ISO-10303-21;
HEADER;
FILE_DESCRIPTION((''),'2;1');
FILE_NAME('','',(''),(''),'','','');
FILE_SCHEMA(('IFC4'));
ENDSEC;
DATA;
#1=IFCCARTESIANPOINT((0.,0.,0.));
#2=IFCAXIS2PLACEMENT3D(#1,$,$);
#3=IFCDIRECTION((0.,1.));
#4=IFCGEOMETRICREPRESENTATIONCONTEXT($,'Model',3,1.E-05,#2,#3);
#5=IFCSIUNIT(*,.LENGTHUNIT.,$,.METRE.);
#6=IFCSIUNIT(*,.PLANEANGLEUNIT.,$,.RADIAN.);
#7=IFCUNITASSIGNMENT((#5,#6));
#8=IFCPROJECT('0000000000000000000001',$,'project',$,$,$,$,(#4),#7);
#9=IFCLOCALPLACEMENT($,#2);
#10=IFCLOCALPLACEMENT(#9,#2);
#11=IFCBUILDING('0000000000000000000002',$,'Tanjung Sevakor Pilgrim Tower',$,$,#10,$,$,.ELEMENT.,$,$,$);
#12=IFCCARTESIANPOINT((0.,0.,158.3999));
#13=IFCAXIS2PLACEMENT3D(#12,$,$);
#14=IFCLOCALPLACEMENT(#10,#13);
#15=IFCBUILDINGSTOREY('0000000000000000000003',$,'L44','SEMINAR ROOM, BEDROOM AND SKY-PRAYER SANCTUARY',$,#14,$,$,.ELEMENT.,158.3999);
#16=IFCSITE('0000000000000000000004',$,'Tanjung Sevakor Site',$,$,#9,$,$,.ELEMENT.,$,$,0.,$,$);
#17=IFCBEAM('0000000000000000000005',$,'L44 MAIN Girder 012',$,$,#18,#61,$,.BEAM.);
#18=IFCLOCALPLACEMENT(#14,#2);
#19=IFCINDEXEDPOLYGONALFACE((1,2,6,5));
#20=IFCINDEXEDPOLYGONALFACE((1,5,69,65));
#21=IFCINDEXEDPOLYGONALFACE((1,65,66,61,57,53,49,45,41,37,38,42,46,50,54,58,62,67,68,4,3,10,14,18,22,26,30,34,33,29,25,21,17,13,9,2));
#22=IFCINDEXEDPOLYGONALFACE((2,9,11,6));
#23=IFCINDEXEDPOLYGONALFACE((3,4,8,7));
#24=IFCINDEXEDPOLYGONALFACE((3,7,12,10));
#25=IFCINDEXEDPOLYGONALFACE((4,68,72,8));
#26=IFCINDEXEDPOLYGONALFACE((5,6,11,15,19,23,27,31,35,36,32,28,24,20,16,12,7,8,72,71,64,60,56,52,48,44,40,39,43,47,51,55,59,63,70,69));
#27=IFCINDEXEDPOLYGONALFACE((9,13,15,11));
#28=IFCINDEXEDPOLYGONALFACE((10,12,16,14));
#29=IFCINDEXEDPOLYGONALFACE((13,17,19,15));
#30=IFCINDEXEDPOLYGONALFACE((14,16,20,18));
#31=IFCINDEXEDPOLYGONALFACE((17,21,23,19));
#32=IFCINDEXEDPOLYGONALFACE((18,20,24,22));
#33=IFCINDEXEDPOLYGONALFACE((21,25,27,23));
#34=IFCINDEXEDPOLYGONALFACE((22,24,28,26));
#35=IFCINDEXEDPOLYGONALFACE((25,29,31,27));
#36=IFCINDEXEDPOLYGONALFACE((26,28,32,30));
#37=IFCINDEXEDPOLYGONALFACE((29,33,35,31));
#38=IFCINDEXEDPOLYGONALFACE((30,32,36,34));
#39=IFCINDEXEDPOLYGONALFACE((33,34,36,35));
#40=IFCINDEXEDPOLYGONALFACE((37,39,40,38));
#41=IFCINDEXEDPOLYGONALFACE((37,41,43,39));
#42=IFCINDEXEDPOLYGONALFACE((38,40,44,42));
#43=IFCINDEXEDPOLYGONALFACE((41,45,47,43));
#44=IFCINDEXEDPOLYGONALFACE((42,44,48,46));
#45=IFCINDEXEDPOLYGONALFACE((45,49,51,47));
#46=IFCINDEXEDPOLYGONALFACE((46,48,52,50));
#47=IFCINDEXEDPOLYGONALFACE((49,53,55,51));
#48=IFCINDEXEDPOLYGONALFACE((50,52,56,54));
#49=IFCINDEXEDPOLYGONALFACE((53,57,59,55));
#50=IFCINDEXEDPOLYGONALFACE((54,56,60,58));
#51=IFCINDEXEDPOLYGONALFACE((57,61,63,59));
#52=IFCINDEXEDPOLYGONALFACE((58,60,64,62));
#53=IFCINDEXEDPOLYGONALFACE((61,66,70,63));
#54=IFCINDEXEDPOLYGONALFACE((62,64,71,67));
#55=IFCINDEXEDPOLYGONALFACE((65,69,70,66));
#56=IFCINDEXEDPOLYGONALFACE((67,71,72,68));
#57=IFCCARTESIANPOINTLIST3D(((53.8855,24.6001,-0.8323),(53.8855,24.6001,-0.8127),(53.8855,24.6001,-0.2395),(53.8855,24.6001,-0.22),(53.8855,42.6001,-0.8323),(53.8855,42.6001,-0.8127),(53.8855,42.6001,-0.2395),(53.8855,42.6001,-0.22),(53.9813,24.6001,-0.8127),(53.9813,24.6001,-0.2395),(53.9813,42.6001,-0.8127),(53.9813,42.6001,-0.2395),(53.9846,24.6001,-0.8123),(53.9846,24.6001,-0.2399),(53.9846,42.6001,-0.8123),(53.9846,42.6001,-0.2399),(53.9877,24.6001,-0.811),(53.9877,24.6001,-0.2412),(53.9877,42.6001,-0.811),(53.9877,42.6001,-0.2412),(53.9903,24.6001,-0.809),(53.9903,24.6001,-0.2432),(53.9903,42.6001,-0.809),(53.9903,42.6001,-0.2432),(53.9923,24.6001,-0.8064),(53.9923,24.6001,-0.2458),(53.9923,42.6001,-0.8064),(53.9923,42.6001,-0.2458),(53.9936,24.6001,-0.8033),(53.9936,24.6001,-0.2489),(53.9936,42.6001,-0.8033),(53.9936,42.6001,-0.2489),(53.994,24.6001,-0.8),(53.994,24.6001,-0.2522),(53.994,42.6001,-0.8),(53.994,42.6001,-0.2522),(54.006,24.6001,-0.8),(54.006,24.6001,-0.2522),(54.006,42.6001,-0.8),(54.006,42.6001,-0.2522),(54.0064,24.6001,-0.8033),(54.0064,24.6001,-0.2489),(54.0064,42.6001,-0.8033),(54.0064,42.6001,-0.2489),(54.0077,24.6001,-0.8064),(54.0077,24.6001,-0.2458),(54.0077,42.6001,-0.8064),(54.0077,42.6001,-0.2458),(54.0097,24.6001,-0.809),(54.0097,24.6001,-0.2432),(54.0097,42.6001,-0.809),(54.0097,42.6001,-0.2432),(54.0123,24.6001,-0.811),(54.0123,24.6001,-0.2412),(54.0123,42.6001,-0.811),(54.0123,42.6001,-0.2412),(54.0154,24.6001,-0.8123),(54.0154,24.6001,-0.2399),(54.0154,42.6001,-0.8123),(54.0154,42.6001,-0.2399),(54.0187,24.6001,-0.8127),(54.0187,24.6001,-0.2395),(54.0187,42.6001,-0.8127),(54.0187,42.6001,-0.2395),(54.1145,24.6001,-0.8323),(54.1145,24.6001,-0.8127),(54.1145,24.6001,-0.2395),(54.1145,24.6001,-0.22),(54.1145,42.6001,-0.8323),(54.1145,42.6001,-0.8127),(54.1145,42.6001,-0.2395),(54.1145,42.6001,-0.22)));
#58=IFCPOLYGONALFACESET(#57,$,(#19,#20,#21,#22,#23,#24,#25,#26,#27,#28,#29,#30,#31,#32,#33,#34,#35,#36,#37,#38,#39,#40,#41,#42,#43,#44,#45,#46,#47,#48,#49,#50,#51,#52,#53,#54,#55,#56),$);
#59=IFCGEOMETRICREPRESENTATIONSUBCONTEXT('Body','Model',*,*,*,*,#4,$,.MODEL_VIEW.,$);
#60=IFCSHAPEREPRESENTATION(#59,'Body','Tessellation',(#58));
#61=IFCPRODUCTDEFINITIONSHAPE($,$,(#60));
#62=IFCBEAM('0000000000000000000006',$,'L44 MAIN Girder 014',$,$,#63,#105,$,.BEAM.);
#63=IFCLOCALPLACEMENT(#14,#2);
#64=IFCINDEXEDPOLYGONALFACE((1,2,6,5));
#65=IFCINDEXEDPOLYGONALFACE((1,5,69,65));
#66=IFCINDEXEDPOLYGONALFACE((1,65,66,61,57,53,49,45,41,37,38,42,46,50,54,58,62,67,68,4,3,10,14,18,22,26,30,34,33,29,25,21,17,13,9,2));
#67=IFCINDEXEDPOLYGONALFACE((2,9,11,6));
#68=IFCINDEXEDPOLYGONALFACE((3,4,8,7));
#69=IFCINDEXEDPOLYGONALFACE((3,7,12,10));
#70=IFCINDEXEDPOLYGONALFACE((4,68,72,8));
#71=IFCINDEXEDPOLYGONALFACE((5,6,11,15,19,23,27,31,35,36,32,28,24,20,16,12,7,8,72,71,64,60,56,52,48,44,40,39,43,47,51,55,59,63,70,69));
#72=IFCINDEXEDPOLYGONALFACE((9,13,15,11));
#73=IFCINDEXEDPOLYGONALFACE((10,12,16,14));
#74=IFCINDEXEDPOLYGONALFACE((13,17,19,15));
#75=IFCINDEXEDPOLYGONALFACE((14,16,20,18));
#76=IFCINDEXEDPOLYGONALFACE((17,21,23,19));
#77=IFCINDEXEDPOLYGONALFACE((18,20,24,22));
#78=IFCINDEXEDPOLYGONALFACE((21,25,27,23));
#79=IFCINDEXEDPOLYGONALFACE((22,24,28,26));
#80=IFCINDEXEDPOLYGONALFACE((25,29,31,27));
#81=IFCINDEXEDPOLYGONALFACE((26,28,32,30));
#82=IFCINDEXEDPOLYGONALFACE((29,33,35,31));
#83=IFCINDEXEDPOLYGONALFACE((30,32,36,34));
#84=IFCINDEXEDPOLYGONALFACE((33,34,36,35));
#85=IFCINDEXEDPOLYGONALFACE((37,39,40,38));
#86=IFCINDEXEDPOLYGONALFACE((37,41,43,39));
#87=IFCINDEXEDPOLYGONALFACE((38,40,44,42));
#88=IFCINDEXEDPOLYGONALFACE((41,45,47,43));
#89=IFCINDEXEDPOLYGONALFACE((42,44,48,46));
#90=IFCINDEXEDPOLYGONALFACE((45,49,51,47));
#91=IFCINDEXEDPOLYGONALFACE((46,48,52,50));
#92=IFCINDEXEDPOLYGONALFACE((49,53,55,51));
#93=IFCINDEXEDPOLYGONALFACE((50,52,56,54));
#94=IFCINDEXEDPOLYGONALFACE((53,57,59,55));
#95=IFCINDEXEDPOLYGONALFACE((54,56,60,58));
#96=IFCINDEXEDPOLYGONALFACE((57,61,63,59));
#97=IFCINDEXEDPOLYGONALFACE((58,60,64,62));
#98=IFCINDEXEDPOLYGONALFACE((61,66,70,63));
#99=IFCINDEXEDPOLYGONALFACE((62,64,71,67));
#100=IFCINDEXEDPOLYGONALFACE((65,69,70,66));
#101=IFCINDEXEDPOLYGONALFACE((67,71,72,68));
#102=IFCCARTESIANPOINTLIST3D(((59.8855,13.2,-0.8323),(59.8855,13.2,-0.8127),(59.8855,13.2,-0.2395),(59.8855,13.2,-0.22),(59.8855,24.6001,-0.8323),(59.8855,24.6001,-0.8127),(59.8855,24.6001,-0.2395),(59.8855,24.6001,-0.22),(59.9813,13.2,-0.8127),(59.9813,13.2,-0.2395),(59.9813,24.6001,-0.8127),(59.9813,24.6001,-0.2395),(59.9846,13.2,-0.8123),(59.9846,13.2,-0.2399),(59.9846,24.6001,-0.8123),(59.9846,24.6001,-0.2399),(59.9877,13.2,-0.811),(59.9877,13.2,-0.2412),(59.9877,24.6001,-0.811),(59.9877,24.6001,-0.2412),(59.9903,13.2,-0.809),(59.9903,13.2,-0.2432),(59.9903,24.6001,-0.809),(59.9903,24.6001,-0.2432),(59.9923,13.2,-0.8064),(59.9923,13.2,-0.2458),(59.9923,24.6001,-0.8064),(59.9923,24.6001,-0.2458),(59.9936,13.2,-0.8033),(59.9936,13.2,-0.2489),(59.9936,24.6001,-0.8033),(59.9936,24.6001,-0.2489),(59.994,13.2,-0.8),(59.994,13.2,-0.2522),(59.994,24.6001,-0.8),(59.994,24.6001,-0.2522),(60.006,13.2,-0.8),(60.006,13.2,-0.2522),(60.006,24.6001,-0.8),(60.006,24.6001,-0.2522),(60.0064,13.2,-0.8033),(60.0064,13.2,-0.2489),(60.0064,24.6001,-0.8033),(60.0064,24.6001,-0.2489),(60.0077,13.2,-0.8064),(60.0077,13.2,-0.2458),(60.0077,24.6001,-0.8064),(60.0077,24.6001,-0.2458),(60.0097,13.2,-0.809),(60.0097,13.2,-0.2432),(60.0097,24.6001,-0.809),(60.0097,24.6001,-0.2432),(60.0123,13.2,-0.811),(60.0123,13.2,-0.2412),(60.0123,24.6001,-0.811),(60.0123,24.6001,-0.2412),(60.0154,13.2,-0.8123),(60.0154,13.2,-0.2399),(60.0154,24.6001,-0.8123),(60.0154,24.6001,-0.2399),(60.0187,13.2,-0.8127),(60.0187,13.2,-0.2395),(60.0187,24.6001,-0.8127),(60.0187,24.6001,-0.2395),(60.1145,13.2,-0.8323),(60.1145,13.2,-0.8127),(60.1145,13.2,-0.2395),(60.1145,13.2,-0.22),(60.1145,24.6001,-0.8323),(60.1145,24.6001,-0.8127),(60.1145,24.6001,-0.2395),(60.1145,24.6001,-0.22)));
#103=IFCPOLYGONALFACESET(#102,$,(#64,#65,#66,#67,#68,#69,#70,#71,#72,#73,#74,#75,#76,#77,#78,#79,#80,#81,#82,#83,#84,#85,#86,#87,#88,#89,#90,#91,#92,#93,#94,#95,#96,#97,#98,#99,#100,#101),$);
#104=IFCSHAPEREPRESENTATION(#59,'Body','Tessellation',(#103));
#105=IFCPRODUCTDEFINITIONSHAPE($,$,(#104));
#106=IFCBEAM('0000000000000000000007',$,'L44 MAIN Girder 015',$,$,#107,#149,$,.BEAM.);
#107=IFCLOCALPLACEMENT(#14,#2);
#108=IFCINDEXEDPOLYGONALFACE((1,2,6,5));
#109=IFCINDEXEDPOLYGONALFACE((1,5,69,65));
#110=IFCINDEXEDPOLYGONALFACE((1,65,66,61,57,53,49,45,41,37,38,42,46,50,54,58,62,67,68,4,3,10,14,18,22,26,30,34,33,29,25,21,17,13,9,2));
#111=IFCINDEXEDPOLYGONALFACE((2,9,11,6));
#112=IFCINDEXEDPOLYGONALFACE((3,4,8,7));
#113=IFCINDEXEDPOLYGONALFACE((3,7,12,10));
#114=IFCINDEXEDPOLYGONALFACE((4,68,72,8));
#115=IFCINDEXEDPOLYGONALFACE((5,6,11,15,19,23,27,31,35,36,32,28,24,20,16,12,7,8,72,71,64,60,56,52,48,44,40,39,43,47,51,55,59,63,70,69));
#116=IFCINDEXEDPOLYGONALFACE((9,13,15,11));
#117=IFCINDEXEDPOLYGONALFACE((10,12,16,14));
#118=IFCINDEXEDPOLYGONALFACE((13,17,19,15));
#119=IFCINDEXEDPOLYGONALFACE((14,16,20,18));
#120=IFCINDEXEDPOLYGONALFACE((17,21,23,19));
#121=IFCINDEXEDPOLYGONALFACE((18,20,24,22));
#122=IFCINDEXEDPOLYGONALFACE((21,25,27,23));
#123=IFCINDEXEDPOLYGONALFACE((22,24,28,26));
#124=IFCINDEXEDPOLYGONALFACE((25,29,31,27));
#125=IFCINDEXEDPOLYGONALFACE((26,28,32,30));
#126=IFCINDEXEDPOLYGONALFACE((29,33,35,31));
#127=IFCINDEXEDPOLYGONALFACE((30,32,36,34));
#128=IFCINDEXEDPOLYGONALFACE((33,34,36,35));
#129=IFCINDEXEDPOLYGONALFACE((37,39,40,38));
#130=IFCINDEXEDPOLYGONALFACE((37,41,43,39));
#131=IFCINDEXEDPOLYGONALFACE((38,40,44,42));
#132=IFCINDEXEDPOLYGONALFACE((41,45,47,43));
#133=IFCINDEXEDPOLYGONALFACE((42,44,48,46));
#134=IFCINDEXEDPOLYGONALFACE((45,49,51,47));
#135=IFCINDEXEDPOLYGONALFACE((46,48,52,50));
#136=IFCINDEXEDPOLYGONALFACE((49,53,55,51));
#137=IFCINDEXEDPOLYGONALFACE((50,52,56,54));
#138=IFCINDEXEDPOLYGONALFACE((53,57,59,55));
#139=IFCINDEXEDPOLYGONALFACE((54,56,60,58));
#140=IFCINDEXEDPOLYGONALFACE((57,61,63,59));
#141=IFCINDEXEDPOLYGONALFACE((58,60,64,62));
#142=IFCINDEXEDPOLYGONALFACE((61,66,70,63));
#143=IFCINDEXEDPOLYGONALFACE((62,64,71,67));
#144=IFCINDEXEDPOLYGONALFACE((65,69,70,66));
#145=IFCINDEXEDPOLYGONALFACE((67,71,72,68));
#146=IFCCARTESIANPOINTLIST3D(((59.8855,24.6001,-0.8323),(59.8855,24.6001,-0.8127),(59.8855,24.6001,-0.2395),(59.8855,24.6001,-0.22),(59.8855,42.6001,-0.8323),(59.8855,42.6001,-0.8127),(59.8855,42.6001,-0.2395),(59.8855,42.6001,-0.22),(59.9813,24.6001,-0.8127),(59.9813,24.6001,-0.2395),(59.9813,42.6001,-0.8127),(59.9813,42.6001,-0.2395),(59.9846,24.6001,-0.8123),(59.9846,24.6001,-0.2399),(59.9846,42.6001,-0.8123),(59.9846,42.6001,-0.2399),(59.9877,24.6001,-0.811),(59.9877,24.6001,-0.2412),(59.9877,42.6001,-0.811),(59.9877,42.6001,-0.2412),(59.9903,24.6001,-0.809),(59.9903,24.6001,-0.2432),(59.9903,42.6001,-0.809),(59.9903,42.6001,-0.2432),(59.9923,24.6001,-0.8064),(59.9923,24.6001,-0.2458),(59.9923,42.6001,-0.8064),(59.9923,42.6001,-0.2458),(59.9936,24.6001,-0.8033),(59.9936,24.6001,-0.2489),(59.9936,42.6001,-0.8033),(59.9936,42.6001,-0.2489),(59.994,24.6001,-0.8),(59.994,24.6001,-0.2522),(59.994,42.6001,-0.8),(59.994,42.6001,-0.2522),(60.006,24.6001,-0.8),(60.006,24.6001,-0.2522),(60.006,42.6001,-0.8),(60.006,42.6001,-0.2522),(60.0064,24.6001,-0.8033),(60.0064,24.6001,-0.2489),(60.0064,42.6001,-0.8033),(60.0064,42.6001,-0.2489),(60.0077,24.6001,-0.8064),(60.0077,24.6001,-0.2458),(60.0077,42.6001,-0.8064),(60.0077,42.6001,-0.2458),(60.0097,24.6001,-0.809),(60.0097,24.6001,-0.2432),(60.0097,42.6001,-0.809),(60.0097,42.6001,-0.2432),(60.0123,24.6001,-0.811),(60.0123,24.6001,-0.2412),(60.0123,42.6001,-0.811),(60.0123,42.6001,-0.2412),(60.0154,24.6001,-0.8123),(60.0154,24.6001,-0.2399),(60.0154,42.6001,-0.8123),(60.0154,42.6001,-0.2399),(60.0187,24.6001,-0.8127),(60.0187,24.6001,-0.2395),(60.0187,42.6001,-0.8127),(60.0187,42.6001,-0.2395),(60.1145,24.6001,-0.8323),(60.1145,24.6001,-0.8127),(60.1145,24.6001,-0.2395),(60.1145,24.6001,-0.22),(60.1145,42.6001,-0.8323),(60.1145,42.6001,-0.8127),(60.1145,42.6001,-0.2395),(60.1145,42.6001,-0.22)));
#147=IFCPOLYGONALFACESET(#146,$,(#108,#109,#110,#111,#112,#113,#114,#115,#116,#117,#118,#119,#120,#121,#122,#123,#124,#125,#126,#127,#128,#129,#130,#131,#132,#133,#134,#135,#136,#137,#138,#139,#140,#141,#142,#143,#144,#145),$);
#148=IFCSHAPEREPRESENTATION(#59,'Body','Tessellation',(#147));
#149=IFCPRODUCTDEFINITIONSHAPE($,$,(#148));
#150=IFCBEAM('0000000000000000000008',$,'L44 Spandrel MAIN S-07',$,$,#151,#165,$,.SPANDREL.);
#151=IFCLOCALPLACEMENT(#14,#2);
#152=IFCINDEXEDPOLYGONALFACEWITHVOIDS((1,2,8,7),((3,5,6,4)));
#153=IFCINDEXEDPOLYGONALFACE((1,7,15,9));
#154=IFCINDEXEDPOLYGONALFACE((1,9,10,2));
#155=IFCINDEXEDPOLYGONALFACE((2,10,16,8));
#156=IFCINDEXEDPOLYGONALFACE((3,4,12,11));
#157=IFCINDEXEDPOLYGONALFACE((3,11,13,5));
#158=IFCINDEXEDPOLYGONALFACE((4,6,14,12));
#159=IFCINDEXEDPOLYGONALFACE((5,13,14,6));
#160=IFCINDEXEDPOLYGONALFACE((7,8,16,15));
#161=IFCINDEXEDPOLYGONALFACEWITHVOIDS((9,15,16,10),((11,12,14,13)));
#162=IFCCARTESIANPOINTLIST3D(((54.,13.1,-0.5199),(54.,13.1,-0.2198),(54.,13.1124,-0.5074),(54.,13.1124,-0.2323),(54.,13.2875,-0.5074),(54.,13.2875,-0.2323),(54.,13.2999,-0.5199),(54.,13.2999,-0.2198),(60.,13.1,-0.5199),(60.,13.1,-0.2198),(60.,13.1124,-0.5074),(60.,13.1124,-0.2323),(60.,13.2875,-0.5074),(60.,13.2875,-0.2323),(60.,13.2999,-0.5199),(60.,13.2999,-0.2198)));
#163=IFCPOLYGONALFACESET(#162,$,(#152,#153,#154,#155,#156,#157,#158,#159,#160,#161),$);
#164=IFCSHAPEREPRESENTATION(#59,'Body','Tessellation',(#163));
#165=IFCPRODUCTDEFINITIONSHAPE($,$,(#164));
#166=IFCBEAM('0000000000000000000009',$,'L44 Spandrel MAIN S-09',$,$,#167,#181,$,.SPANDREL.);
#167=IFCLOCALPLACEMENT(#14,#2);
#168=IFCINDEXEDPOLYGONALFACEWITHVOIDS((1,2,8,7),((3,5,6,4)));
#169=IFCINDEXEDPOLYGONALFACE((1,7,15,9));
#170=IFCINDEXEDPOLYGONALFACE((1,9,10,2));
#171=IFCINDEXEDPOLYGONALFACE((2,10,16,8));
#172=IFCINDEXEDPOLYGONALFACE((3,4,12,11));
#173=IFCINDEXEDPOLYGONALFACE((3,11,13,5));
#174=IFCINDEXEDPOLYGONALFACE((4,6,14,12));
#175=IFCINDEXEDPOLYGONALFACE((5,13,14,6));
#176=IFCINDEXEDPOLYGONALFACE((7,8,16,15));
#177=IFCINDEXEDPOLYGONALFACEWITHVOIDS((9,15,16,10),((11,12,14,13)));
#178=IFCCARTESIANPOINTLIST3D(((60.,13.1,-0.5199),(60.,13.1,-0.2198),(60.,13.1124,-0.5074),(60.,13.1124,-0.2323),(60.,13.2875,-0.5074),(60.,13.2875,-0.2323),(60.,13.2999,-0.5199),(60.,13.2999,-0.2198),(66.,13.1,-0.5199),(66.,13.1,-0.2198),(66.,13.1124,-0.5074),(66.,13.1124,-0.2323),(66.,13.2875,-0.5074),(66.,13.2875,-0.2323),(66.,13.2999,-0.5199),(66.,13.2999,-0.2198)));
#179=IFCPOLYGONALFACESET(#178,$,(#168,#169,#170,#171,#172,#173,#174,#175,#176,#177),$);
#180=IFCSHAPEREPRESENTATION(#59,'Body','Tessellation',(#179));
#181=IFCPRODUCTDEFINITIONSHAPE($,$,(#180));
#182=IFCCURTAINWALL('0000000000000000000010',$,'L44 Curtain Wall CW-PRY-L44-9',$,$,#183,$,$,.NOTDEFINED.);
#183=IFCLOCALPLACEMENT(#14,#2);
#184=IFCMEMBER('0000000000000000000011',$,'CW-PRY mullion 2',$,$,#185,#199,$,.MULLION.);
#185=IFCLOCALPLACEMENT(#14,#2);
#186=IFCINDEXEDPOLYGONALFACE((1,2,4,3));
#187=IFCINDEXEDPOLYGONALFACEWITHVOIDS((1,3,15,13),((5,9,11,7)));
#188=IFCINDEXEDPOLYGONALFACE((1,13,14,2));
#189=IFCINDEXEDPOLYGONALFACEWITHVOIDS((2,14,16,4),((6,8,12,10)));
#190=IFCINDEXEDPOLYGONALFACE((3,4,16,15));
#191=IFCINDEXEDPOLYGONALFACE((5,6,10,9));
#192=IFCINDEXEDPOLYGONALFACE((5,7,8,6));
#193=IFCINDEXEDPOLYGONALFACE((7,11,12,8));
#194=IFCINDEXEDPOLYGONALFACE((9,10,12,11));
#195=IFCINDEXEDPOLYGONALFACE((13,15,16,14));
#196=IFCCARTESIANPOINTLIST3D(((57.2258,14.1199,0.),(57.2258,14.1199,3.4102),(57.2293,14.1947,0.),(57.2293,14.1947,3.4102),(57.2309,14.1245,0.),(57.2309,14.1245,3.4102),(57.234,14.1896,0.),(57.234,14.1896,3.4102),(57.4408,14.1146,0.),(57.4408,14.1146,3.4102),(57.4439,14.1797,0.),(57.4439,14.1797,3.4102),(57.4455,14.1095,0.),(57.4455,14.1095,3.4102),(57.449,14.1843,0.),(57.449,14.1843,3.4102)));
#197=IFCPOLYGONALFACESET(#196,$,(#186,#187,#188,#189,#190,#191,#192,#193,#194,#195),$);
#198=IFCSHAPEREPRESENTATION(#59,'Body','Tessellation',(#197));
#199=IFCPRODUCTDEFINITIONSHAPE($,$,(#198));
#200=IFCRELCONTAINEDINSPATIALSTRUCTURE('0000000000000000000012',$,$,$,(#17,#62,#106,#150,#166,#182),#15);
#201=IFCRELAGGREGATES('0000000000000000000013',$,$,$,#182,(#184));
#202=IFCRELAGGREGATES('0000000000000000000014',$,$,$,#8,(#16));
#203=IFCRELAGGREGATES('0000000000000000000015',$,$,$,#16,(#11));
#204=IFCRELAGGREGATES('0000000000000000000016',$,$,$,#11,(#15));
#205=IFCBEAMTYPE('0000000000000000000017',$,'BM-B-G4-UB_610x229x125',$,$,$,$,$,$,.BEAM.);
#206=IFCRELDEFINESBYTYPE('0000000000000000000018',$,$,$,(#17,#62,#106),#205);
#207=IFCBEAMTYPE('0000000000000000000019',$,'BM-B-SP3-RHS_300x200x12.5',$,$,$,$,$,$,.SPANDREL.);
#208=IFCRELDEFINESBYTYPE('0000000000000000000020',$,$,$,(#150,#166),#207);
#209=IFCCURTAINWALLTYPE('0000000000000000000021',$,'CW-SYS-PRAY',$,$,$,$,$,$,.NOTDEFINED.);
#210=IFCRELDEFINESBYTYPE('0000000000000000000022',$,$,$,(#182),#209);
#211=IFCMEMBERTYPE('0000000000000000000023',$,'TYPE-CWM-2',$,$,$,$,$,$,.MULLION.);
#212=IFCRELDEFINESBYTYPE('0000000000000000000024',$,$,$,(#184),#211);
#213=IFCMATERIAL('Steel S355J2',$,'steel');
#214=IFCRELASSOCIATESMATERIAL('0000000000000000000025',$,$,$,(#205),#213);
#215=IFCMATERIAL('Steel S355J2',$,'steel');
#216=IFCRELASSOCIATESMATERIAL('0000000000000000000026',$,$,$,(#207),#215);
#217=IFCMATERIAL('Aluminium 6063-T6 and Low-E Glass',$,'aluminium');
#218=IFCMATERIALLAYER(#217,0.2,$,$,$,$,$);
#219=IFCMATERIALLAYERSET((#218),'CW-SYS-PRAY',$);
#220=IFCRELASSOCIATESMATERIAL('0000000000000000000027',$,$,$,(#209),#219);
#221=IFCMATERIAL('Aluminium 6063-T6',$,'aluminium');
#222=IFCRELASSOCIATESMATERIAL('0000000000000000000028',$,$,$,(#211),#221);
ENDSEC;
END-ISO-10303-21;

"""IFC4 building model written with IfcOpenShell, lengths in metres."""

from ifc_helpers import new_model, si_unit, direction, frame, origin, origin_2d, place, context, subcontext, project, spatial, hollow_rectangle, i_section, extrude, material, layer, layer_set, material_profile, profile_set, type_object, element, aggregate, save


model = new_model("IFC4")

# Units and contexts
model_context = context("Model", 3, precision=1e-05, world=origin(), true_north=direction((0.0, 1.0)))
body_context = subcontext(model_context, "Body", "Model", "MODEL_VIEW")
ifc_project = project(units=[si_unit("LENGTHUNIT", "METRE"), si_unit("PLANEANGLEUNIT", "RADIAN")], contexts=[model_context])

# Site, building, storey
site_placement = place(None, origin())
site = spatial("IfcSite", under=ifc_project, at=site_placement, Name="Tanjung Sevakor Site", CompositionType="ELEMENT", RefElevation=0.0)
building_placement = place(site_placement, origin())
building = spatial("IfcBuilding", under=site, at=building_placement, Name="Tanjung Sevakor Pilgrim Tower", CompositionType="ELEMENT")
storey_placement = place(building_placement, frame((0.0, 0.0, 158.3999)))
storey = spatial("IfcBuildingStorey", under=building, at=storey_placement, Name="L44", Description="SEMINAR ROOM, BEDROOM AND SKY-PRAYER SANCTUARY", CompositionType="ELEMENT", Elevation=158.3999)

# Beams
ifc_material_1 = material(Name="Steel S355J2", Category="steel")
ifc_material_profile_1 = material_profile(ifc_material_1, i_section(OverallWidth=0.229, OverallDepth=0.6123, WebThickness=0.012, FlangeThickness=0.0195, FilletRadius=0.0127, at=origin_2d()))
ifc_profile_set_1 = profile_set([ifc_material_profile_1], Name="Steel S355J2")
beam_type_1 = type_object("IfcBeamType", Name="BM-B-G4-UB_610x229x125", PredefinedType="BEAM", material=ifc_profile_set_1)
beam_1_placement = place(storey_placement, frame((54.0, 24.6001, -0.5261), z_axis=(0.0, 1.0, 0.0), x_axis=(-1.0, 0.0, 0.0)))
element("IfcBeam", 1, at=beam_1_placement, inside=storey, type_object=beam_type_1, Name="L44 MAIN Girder 012", PredefinedType="BEAM", context=body_context, shape_type="SweptSolid", body=[
    extrude(i_section(OverallWidth=0.229, OverallDepth=0.6123, WebThickness=0.012, FlangeThickness=0.0195, FilletRadius=0.0127, at=origin_2d()), origin(), (0.0, 0.0, 1.0), 18.0),
])
beam_2_placement = place(storey_placement, frame((60.0, 13.2, -0.5261), z_axis=(0.0, 1.0, 0.0), x_axis=(-1.0, 0.0, 0.0)))
element("IfcBeam", 2, at=beam_2_placement, inside=storey, type_object=beam_type_1, Name="L44 MAIN Girder 014", PredefinedType="BEAM", context=body_context, shape_type="SweptSolid", body=[
    extrude(i_section(OverallWidth=0.229, OverallDepth=0.6123, WebThickness=0.012, FlangeThickness=0.0195, FilletRadius=0.0127, at=origin_2d()), origin(), (0.0, 0.0, 1.0), 11.4001),
])
beam_3_placement = place(storey_placement, frame((60.0, 24.6001, -0.5261), z_axis=(0.0, 1.0, 0.0), x_axis=(-1.0, 0.0, 0.0)))
element("IfcBeam", 3, at=beam_3_placement, inside=storey, type_object=beam_type_1, Name="L44 MAIN Girder 015", PredefinedType="BEAM", context=body_context, shape_type="SweptSolid", body=[
    extrude(i_section(OverallWidth=0.229, OverallDepth=0.6123, WebThickness=0.012, FlangeThickness=0.0195, FilletRadius=0.0127, at=origin_2d()), origin(), (0.0, 0.0, 1.0), 18.0),
])
ifc_material_2 = material(Name="Steel S355J2", Category="steel")
ifc_material_profile_2 = material_profile(ifc_material_2, hollow_rectangle(XDim=0.2, YDim=0.3, WallThickness=0.0125, at=origin_2d()))
ifc_profile_set_2 = profile_set([ifc_material_profile_2], Name="Steel S355J2")
beam_type_2 = type_object("IfcBeamType", Name="BM-B-SP3-RHS_300x200x12.5", PredefinedType="SPANDREL", material=ifc_profile_set_2)
for number, where, z_axis, x_axis, name in (
    (4, (54.0, 13.2, -0.3699), (1.0, 0.0, 0.0), (0.0, 1.0, 0.0), "L44 Spandrel MAIN S-07"),
    (5, (60.0, 13.2, -0.3699), (1.0, 0.0, 0.0), (0.0, 1.0, 0.0), "L44 Spandrel MAIN S-09"),
):
    element("IfcBeam", number, at=place(storey_placement, frame(where, z_axis=z_axis, x_axis=x_axis)), inside=storey, type_object=beam_type_2, Name=name, PredefinedType="SPANDREL", context=body_context, shape_type="SweptSolid", body=[
        extrude(hollow_rectangle(XDim=0.2, YDim=0.3, WallThickness=0.0125, at=origin_2d()), origin(), (0.0, 0.0, 1.0), 6.0),
    ])

# Curtain wall, member
ifc_material_3 = material(Name="Aluminium 6063-T6 and Low-E Glass", Category="aluminium")
ifc_layer_1 = layer(ifc_material_3, 0.2)
ifc_layer_set_1 = layer_set([ifc_layer_1], Name="CW-SYS-PRAY")
curtain_wall_type = type_object("IfcCurtainWallType", Name="CW-SYS-PRAY", PredefinedType="NOTDEFINED", material=ifc_layer_set_1)
curtain_wall_1_placement = place(storey_placement, origin())
curtain_wall_1 = element("IfcCurtainWall", 6, at=curtain_wall_1_placement, inside=storey, type_object=curtain_wall_type, Name="L44 Curtain Wall CW-PRY-L44-9", PredefinedType="NOTDEFINED")
ifc_material_4 = material(Name="Aluminium 6063-T6", Category="aluminium")
ifc_material_profile_3 = material_profile(ifc_material_4, hollow_rectangle(XDim=0.075, YDim=0.22, WallThickness=0.0049, at=origin_2d()))
ifc_profile_set_3 = profile_set([ifc_material_profile_3], Name="Aluminium 6063-T6")
member_type_1 = type_object("IfcMemberType", Name="TYPE-CWM-2", PredefinedType="MULLION", material=ifc_profile_set_3)
member_1_placement = place(storey_placement, frame((57.3374, 14.1521, 0.0), z_axis=(0.0, 0.0, 1.0), x_axis=(0.047343, 0.998879, 0.0)))
member_1 = element("IfcMember", 7, at=member_1_placement, type_object=member_type_1, Name="CW-PRY mullion 2", PredefinedType="MULLION", context=body_context, shape_type="SweptSolid", body=[
    extrude(hollow_rectangle(XDim=0.075, YDim=0.22, WallThickness=0.0049, at=origin_2d()), origin(), (0.0, 0.0, 1.0), 3.4102),
])

aggregate(curtain_wall_1, [member_1])

save(model, "model.ifc")
